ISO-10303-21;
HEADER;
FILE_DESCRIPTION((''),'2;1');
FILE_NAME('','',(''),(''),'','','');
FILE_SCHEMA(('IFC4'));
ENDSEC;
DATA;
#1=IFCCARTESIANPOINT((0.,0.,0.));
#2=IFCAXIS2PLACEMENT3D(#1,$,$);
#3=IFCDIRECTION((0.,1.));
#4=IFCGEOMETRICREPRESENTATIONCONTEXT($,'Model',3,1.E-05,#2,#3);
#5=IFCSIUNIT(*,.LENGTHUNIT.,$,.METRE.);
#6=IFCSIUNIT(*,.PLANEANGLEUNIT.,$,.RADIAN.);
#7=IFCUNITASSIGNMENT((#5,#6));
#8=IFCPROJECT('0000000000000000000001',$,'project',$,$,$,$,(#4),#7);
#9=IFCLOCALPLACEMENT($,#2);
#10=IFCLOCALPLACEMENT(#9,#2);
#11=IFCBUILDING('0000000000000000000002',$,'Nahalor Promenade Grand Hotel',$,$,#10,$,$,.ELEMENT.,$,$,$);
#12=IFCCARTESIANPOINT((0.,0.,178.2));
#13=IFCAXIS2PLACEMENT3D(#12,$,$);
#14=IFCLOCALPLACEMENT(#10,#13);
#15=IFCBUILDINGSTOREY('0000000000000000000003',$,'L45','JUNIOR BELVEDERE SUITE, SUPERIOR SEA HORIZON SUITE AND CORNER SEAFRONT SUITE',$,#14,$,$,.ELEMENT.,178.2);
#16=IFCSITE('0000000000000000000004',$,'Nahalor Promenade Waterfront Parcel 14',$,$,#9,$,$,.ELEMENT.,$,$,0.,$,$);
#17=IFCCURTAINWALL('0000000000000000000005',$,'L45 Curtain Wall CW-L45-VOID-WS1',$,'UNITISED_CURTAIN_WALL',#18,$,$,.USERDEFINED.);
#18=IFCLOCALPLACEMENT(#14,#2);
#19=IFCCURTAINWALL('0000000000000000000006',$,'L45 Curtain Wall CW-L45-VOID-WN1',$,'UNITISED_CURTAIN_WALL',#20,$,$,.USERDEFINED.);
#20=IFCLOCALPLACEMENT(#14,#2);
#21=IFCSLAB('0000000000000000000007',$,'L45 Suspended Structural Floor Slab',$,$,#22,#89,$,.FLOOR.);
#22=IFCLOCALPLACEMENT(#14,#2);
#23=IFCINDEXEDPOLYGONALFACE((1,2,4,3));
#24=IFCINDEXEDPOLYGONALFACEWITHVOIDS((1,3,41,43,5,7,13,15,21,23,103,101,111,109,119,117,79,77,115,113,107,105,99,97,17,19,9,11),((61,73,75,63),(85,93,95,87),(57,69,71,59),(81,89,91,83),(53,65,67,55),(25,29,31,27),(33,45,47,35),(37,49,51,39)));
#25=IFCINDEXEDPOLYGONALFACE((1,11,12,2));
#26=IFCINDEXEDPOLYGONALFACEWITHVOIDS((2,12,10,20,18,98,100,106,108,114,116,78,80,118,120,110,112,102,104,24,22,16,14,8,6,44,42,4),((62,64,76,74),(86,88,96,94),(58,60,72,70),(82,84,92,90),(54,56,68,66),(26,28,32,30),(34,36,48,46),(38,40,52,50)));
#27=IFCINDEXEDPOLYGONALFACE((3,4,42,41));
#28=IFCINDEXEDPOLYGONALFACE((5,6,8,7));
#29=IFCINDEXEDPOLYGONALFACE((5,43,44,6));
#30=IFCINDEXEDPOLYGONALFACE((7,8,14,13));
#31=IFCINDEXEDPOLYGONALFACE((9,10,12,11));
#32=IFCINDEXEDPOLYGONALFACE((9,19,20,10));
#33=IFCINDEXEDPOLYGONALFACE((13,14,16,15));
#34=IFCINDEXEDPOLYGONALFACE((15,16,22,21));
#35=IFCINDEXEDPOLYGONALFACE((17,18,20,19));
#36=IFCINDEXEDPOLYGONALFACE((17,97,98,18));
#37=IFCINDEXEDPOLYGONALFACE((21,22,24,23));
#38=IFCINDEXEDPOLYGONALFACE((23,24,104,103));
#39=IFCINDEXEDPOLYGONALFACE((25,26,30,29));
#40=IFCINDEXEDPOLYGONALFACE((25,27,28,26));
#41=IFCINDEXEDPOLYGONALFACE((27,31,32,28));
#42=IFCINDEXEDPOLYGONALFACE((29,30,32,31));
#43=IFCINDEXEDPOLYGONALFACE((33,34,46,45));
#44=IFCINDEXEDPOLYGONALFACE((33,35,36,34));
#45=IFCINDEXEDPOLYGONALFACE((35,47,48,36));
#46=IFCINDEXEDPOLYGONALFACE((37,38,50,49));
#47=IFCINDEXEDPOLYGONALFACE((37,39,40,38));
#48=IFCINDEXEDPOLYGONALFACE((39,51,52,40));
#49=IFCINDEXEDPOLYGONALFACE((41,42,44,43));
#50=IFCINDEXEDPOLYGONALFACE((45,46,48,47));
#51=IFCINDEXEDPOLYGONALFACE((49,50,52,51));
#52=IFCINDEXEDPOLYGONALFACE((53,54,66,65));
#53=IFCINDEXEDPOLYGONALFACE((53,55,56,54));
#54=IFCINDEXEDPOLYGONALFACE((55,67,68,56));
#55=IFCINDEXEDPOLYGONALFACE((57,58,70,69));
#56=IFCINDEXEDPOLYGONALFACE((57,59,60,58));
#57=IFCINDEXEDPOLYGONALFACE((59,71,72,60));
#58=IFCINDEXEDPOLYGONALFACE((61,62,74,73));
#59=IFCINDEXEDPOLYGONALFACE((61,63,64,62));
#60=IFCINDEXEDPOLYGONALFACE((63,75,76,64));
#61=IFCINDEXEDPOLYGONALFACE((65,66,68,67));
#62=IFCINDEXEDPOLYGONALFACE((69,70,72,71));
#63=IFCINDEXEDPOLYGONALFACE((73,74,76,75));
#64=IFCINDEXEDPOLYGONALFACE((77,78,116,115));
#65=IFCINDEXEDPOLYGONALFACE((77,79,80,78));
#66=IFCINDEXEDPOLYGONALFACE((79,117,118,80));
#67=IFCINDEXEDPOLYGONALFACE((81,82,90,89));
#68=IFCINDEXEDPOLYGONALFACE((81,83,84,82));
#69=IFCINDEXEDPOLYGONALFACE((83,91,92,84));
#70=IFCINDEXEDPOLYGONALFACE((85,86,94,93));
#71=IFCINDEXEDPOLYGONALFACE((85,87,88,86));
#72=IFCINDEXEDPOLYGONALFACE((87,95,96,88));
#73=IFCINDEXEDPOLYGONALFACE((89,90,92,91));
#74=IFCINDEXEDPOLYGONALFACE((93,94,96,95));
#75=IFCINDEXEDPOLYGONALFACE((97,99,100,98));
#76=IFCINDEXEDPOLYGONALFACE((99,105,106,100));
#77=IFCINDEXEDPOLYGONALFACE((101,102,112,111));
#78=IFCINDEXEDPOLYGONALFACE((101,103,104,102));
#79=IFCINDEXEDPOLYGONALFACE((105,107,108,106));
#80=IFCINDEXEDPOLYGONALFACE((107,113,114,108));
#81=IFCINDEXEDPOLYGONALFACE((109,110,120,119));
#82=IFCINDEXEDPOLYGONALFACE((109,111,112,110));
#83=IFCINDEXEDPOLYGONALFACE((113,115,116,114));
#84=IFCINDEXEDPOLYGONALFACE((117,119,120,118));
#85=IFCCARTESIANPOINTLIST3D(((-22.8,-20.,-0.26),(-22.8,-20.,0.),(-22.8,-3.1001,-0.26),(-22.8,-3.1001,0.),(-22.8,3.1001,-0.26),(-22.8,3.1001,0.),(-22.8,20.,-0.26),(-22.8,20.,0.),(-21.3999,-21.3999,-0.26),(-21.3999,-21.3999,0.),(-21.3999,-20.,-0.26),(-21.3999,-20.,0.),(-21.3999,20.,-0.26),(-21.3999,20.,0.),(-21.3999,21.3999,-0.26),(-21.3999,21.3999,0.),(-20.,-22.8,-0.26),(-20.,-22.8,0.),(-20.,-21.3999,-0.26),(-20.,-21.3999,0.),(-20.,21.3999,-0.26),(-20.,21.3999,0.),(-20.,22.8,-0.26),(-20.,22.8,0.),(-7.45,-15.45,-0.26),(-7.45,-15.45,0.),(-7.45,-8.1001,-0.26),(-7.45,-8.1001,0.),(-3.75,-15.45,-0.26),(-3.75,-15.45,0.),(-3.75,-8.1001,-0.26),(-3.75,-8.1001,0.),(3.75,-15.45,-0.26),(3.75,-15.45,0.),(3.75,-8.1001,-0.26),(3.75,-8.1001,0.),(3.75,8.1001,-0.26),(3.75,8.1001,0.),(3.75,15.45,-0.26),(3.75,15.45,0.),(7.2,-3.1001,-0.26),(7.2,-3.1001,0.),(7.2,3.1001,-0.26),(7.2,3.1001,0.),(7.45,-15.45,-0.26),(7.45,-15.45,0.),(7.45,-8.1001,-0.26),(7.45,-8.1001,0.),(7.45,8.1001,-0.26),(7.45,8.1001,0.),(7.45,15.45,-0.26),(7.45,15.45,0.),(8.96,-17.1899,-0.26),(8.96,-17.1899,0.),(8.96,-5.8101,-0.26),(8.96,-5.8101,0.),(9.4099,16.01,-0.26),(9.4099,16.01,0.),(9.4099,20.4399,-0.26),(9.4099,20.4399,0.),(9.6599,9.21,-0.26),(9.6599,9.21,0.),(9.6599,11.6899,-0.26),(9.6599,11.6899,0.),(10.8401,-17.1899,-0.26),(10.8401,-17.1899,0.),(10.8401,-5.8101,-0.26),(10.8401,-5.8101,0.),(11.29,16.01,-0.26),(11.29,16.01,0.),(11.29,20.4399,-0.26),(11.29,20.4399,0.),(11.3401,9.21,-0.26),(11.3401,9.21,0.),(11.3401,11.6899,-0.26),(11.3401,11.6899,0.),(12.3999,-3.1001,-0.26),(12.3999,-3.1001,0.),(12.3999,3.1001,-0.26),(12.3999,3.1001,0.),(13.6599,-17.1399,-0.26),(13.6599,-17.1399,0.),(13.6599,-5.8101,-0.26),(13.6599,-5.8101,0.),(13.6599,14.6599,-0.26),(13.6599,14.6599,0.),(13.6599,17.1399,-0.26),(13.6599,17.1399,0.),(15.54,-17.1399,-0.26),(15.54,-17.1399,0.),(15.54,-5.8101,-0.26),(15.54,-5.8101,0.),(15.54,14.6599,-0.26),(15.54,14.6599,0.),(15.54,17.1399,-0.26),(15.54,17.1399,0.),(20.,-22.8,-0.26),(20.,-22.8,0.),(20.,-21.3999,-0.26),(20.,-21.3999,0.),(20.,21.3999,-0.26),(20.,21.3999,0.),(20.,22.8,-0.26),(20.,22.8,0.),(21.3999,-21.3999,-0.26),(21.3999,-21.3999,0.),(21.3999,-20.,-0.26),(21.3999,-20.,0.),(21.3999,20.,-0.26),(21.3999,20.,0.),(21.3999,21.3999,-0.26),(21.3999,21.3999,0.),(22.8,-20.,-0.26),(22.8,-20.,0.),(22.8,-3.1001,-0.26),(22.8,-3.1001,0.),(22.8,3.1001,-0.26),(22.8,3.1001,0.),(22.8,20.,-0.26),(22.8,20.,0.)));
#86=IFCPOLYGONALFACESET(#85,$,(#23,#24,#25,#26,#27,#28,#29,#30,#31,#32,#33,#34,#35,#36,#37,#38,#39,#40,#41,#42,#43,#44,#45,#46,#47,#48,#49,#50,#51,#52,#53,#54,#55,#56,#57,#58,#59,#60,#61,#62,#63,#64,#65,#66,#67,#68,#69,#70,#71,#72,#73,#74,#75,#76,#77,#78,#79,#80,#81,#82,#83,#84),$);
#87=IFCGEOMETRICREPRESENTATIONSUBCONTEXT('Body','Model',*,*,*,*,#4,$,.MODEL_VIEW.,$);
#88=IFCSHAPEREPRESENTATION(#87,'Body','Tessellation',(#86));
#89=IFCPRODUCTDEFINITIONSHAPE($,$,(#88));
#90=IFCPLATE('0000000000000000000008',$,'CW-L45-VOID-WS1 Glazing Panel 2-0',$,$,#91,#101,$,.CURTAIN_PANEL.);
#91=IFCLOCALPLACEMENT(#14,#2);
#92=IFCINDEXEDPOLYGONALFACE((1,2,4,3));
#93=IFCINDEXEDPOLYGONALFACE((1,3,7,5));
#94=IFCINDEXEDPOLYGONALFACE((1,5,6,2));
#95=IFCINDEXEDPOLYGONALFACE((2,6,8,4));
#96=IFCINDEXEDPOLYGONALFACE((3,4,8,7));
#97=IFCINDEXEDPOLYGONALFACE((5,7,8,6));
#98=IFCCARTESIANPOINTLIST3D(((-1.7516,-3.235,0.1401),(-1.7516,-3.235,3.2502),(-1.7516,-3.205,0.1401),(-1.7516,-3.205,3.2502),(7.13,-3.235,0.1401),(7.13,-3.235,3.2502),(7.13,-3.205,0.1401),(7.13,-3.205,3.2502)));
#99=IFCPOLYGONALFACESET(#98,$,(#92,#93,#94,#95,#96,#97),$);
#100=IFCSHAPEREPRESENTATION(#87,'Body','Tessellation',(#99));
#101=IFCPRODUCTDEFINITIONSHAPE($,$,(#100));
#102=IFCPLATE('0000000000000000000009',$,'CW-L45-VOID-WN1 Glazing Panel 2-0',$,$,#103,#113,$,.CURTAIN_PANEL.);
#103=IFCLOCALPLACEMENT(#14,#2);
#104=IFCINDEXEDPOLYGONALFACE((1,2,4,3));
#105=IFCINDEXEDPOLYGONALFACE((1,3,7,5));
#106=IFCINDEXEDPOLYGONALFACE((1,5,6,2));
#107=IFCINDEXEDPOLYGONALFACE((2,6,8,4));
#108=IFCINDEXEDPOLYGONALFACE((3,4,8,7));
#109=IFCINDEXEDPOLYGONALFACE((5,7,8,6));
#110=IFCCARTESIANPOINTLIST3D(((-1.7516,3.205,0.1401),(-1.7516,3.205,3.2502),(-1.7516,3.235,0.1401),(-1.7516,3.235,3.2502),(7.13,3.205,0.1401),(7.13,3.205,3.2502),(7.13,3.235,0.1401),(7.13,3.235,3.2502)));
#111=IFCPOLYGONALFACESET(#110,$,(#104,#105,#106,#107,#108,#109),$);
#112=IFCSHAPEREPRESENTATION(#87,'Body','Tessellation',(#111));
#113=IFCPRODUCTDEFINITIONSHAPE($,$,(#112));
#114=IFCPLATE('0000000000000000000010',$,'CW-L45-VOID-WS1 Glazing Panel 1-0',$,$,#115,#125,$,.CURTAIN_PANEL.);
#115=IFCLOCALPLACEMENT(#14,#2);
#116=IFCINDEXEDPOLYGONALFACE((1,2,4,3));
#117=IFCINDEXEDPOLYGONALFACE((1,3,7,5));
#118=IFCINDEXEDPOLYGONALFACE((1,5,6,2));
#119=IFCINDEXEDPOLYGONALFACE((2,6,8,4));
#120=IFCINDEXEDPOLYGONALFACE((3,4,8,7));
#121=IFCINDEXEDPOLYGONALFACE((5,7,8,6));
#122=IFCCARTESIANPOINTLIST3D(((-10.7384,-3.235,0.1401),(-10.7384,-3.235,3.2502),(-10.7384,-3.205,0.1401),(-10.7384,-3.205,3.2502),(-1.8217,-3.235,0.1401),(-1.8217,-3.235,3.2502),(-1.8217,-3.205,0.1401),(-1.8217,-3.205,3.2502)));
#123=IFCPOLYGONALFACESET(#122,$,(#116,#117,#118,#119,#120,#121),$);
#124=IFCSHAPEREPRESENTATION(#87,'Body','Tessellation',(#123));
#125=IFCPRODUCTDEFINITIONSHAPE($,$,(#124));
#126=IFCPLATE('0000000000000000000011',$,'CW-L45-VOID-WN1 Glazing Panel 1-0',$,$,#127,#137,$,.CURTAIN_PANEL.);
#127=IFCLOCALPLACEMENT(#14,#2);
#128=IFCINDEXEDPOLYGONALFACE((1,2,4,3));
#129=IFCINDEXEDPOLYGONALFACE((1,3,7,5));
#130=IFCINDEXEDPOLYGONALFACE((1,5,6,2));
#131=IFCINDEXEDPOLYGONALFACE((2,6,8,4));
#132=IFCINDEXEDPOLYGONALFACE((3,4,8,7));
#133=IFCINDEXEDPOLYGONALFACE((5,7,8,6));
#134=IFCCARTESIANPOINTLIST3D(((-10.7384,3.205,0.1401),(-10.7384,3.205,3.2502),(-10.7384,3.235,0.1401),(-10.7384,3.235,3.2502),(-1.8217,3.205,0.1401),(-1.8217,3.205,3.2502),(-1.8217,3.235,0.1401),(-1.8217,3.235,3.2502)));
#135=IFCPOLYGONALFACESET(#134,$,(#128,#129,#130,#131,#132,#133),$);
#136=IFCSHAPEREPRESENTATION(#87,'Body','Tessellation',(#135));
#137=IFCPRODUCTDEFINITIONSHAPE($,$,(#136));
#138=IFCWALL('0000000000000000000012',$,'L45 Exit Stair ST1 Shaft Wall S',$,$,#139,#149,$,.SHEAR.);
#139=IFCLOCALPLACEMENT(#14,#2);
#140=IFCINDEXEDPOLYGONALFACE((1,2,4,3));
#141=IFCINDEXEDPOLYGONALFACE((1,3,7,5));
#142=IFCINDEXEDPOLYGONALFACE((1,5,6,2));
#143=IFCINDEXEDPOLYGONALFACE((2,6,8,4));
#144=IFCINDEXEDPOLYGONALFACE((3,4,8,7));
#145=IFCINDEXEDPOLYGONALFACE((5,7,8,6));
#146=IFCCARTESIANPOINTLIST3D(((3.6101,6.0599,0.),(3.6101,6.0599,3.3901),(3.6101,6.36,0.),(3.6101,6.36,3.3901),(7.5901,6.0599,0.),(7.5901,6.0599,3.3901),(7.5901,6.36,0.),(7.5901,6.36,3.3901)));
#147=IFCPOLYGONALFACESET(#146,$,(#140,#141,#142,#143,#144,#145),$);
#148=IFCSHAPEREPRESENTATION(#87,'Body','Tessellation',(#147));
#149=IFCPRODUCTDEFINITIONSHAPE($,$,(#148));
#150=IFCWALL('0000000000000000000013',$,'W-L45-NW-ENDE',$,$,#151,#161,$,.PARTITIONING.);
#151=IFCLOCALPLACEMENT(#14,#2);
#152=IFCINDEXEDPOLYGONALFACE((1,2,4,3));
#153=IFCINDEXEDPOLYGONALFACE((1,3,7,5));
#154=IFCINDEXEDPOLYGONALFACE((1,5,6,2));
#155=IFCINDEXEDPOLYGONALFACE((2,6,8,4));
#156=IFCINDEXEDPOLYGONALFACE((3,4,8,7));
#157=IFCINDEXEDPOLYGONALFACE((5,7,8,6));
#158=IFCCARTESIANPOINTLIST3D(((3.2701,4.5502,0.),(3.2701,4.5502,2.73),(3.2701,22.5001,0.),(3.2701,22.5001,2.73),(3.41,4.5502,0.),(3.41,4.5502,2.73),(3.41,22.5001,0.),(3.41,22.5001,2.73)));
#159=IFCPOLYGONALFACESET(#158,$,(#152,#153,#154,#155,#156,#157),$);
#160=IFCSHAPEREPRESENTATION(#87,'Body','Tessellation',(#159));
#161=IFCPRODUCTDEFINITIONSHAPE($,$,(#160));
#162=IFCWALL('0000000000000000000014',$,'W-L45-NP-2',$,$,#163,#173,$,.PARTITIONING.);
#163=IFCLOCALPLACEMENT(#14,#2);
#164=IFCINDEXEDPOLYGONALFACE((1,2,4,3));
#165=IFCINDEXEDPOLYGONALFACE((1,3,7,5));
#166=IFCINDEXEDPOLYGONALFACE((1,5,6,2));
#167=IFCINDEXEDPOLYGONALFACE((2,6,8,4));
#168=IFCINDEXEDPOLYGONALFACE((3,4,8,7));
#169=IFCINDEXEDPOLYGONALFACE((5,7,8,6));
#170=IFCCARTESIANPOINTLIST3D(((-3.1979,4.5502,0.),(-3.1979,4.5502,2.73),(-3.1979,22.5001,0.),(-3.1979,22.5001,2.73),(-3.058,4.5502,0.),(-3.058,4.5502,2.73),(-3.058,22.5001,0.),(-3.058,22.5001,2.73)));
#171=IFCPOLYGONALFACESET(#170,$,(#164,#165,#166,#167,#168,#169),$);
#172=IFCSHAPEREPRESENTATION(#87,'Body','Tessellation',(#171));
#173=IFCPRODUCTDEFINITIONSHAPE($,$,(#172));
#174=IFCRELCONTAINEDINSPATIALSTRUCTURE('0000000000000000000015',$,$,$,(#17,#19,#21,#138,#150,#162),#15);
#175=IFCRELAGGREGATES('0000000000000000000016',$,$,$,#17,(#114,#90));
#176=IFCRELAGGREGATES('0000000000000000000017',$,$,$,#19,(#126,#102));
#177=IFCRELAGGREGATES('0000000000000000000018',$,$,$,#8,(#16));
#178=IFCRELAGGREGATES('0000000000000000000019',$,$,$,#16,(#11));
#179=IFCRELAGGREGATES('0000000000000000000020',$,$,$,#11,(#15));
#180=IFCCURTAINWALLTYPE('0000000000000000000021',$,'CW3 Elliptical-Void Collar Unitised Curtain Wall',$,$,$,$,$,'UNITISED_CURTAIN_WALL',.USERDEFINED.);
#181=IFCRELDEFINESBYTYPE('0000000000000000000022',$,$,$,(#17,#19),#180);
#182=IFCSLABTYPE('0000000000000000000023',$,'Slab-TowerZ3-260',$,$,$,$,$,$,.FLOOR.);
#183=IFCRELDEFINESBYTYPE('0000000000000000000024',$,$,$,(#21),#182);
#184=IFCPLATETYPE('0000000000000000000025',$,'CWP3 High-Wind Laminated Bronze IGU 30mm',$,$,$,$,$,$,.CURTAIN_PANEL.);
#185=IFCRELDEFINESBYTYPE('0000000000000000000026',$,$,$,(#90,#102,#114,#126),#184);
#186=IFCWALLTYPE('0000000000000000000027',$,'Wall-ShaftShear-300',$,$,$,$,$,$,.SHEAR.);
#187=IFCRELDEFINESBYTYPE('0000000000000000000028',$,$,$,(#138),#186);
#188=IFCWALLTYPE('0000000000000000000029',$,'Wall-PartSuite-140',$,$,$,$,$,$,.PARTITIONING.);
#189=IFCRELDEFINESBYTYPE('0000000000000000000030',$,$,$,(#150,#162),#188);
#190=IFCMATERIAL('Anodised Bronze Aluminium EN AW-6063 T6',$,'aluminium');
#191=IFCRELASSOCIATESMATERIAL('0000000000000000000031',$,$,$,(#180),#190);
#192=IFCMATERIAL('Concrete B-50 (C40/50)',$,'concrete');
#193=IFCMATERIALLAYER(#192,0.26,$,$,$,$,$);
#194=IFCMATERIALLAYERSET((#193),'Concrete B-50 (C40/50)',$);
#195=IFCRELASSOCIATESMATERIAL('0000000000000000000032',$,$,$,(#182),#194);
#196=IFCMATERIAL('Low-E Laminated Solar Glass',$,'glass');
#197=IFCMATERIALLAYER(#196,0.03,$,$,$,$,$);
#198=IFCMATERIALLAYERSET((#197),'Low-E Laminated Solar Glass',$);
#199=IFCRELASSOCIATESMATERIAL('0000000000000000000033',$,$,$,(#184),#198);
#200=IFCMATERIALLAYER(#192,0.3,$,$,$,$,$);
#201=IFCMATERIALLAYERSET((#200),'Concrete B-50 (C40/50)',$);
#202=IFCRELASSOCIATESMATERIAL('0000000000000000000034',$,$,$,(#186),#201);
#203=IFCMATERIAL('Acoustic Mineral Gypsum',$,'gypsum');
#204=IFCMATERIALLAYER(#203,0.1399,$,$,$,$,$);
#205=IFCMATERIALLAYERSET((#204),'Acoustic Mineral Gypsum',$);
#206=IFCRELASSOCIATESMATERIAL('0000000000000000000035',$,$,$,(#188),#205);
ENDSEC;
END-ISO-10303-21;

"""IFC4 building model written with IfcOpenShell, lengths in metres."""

from ifc_helpers import new_model, si_unit, direction, frame, frame_2d, origin, origin_2d, place, context, subcontext, project, spatial, polyline, rectangle, outline, extrude, source, transform, mapped, material, layer, layer_set, type_object, element, aggregate, save


model = new_model("IFC4")

# Units and contexts
model_context = context("Model", 3, precision=1e-05, world=origin(), true_north=direction((0.0, 1.0)))
body_context = subcontext(model_context, "Body", "Model", "MODEL_VIEW")
ifc_project = project(units=[si_unit("LENGTHUNIT", "METRE"), si_unit("PLANEANGLEUNIT", "RADIAN")], contexts=[model_context])

# Site, building, storey
site_placement = place(None, origin())
site = spatial("IfcSite", under=ifc_project, at=site_placement, Name="Nahalor Promenade Waterfront Parcel 14", CompositionType="ELEMENT", RefElevation=0.0)
building_placement = place(site_placement, origin())
building = spatial("IfcBuilding", under=site, at=building_placement, Name="Nahalor Promenade Grand Hotel", CompositionType="ELEMENT")
storey_placement = place(building_placement, frame((0.0, 0.0, 178.2)))
storey = spatial("IfcBuildingStorey", under=building, at=storey_placement, Name="L45", Description="JUNIOR BELVEDERE SUITE, SUPERIOR SEA HORIZON SUITE AND CORNER SEAFRONT SUITE", CompositionType="ELEMENT", Elevation=178.2)

# Curtain walls
ifc_material_1 = material(Name="Anodised Bronze Aluminium EN AW-6063 T6", Category="aluminium")
curtain_wall_type = type_object("IfcCurtainWallType", Name="CW3 Elliptical-Void Collar Unitised Curtain Wall", ElementType="UNITISED_CURTAIN_WALL", PredefinedType="USERDEFINED", material=ifc_material_1)
curtain_wall_1_placement = place(storey_placement, origin())
curtain_wall_1 = element("IfcCurtainWall", 1, at=curtain_wall_1_placement, inside=storey, type_object=curtain_wall_type, Name="L45 Curtain Wall CW-L45-VOID-WS1", ObjectType="UNITISED_CURTAIN_WALL", PredefinedType="USERDEFINED")
curtain_wall_2_placement = place(storey_placement, origin())
curtain_wall_2 = element("IfcCurtainWall", 2, at=curtain_wall_2_placement, inside=storey, type_object=curtain_wall_type, Name="L45 Curtain Wall CW-L45-VOID-WN1", ObjectType="UNITISED_CURTAIN_WALL", PredefinedType="USERDEFINED")

# Shared definitions
ifc_material_2 = material(Name="Concrete B-50 (C40/50)", Category="concrete")

# Slab
ifc_layer_1 = layer(ifc_material_2, 0.26)
ifc_layer_set_1 = layer_set([ifc_layer_1], Name="Concrete B-50 (C40/50)")
slab_type_1 = type_object("IfcSlabType", Name="Slab-TowerZ3-260", PredefinedType="FLOOR", material=ifc_layer_set_1)
slab_1_placement = place(storey_placement, frame((0.0, 0.0, -0.26)))
element("IfcSlab", 3, at=slab_1_placement, inside=storey, type_object=slab_type_1, Name="L45 Suspended Structural Floor Slab", PredefinedType="FLOOR", context=body_context, shape_type="SweptSolid", body=[
    extrude(outline(polyline([(-20.0, -22.8), (20.0, -22.8), (20.0, -21.3999), (21.3999, -21.3999), (21.3999, -20.0), (22.8, -20.0), (22.8, -3.1001), (12.3999, -3.1001), (12.3999, 3.1001), (22.8, 3.1001), (22.8, 20.0), (21.3999, 20.0), (21.3999, 21.3999), (20.0, 21.3999), (20.0, 22.8), (-20.0, 22.8), (-20.0, 21.3999), (-21.3999, 21.3999), (-21.3999, 20.0), (-22.8, 20.0), (-22.8, 3.1001), (7.2, 3.1001), (7.2, -3.1001), (-22.8, -3.1001), (-22.8, -20.0), (-21.3999, -20.0), (-21.3999, -21.3999), (-20.0, -21.3999), (-20.0, -22.8)]), holes=[polyline([(3.75, 8.1001), (7.45, 8.1001), (7.45, 15.45), (3.75, 15.45), (3.75, 8.1001)]), polyline([(3.75, -15.45), (7.45, -15.45), (7.45, -8.1001), (3.75, -8.1001), (3.75, -15.45)]), polyline([(-7.45, -15.45), (-3.75, -15.45), (-3.75, -8.1001), (-7.45, -8.1001), (-7.45, -15.45)]), polyline([(13.6599, -17.1399), (15.54, -17.1399), (15.54, -5.8101), (13.6599, -5.8101), (13.6599, -17.1399)]), polyline([(8.96, -17.1899), (10.8401, -17.1899), (10.8401, -5.8101), (8.96, -5.8101), (8.96, -17.1899)]), polyline([(9.4099, 16.01), (11.29, 16.01), (11.29, 20.4399), (9.4099, 20.4399), (9.4099, 16.01)]), polyline([(9.6599, 9.21), (11.3401, 9.21), (11.3401, 11.6899), (9.6599, 11.6899), (9.6599, 9.21)]), polyline([(13.6599, 14.6599), (15.54, 14.6599), (15.54, 17.1399), (13.6599, 17.1399), (13.6599, 14.6599)])]), origin(), (0.0, 0.0, 1.0), 0.26),
])

# Plates
ifc_material_3 = material(Name="Low-E Laminated Solar Glass", Category="glass")
ifc_layer_2 = layer(ifc_material_3, 0.03)
ifc_layer_set_2 = layer_set([ifc_layer_2], Name="Low-E Laminated Solar Glass")
plate_type = type_object("IfcPlateType", Name="CWP3 High-Wind Laminated Bronze IGU 30mm", PredefinedType="CURTAIN_PANEL", material=ifc_layer_set_2)
shared_shape_1 = source(origin(), body_context, "Body", "SweptSolid", [
    extrude(rectangle(XDim=8.8816, YDim=0.03, at=origin_2d()), origin(), (0.0, 0.0, 1.0), 3.1101),
])
plate_1_placement = place(storey_placement, frame((2.6892, -3.22, 0.1401), z_axis=(0.0, 0.0, 1.0), x_axis=(1.0, 0.0, 0.0)))
plate_1 = element("IfcPlate", 4, at=plate_1_placement, type_object=plate_type, Name="CW-L45-VOID-WS1 Glazing Panel 2-0", PredefinedType="CURTAIN_PANEL", context=body_context, shape_type="MappedRepresentation", body=[
    mapped(shared_shape_1, transform((0.0, 0.0, 0.0), scale=1.0)),
])
plate_2_placement = place(storey_placement, frame((2.6892, 3.22, 0.1401), z_axis=(0.0, 0.0, 1.0), x_axis=(1.0, 0.0, 0.0)))
plate_2 = element("IfcPlate", 5, at=plate_2_placement, type_object=plate_type, Name="CW-L45-VOID-WN1 Glazing Panel 2-0", PredefinedType="CURTAIN_PANEL", context=body_context, shape_type="MappedRepresentation", body=[
    mapped(shared_shape_1, transform((0.0, 0.0, 0.0), scale=1.0)),
])
shared_shape_2 = source(origin(), body_context, "Body", "SweptSolid", [
    extrude(rectangle(XDim=8.9167, YDim=0.03, at=origin_2d()), origin(), (0.0, 0.0, 1.0), 3.1101),
])
plate_3_placement = place(storey_placement, frame((-6.28, -3.22, 0.1401), z_axis=(0.0, 0.0, 1.0), x_axis=(1.0, 0.0, 0.0)))
plate_3 = element("IfcPlate", 6, at=plate_3_placement, type_object=plate_type, Name="CW-L45-VOID-WS1 Glazing Panel 1-0", PredefinedType="CURTAIN_PANEL", context=body_context, shape_type="MappedRepresentation", body=[
    mapped(shared_shape_2, transform((0.0, 0.0, 0.0), scale=1.0)),
])
aggregate(curtain_wall_1, [plate_3, plate_1])
plate_4_placement = place(storey_placement, frame((-6.28, 3.22, 0.1401), z_axis=(0.0, 0.0, 1.0), x_axis=(1.0, 0.0, 0.0)))
plate_4 = element("IfcPlate", 7, at=plate_4_placement, type_object=plate_type, Name="CW-L45-VOID-WN1 Glazing Panel 1-0", PredefinedType="CURTAIN_PANEL", context=body_context, shape_type="MappedRepresentation", body=[
    mapped(shared_shape_2, transform((0.0, 0.0, 0.0), scale=1.0)),
])
aggregate(curtain_wall_2, [plate_4, plate_2])

# Walls
ifc_layer_3 = layer(ifc_material_2, 0.3)
ifc_layer_set_3 = layer_set([ifc_layer_3], Name="Concrete B-50 (C40/50)")
wall_type_1 = type_object("IfcWallType", Name="Wall-ShaftShear-300", PredefinedType="SHEAR", material=ifc_layer_set_3)
shared_shape_3 = source(origin(), body_context, "Body", "SweptSolid", [
    extrude(rectangle(XDim=3.98, YDim=0.3, at=frame_2d((1.99, 0.0))), origin(), (0.0, 0.0, 1.0), 3.3901),
])
wall_placement = place(storey_placement, frame((3.6101, 6.21, 0.0), z_axis=(0.0, 0.0, 1.0), x_axis=(1.0, 0.0, 0.0)))
element("IfcWall", 8, at=wall_placement, inside=storey, type_object=wall_type_1, Name="L45 Exit Stair ST1 Shaft Wall S", PredefinedType="SHEAR", context=body_context, shape_type="MappedRepresentation", body=[
    mapped(shared_shape_3, transform((0.0, 0.0, 0.0), scale=1.0)),
])
ifc_material_4 = material(Name="Acoustic Mineral Gypsum", Category="gypsum")
ifc_layer_4 = layer(ifc_material_4, 0.1399)
ifc_layer_set_4 = layer_set([ifc_layer_4], Name="Acoustic Mineral Gypsum")
wall_type_2 = type_object("IfcWallType", Name="Wall-PartSuite-140", PredefinedType="PARTITIONING", material=ifc_layer_set_4)
shared_shape_4 = source(origin(), body_context, "Body", "SweptSolid", [
    extrude(rectangle(XDim=17.95, YDim=0.1399, at=frame_2d((8.9751, 0.0))), origin(), (0.0, 0.0, 1.0), 2.73),
])
for number, where, z_axis, x_axis, name in (
    (9, (3.3401, 4.55, 0.0), (0.0, 0.0, 1.0), (0.0, 1.0, 0.0), "W-L45-NW-ENDE"),
    (10, (-3.1279, 4.55, 0.0), (0.0, 0.0, 1.0), (0.0, 1.0, 0.0), "W-L45-NP-2"),
):
    element("IfcWall", number, at=place(storey_placement, frame(where, z_axis=z_axis, x_axis=x_axis)), inside=storey, type_object=wall_type_2, Name=name, PredefinedType="PARTITIONING", context=body_context, shape_type="MappedRepresentation", body=[
        mapped(shared_shape_4, transform((0.0, 0.0, 0.0), scale=1.0)),
    ])

save(model, "model.ifc")
